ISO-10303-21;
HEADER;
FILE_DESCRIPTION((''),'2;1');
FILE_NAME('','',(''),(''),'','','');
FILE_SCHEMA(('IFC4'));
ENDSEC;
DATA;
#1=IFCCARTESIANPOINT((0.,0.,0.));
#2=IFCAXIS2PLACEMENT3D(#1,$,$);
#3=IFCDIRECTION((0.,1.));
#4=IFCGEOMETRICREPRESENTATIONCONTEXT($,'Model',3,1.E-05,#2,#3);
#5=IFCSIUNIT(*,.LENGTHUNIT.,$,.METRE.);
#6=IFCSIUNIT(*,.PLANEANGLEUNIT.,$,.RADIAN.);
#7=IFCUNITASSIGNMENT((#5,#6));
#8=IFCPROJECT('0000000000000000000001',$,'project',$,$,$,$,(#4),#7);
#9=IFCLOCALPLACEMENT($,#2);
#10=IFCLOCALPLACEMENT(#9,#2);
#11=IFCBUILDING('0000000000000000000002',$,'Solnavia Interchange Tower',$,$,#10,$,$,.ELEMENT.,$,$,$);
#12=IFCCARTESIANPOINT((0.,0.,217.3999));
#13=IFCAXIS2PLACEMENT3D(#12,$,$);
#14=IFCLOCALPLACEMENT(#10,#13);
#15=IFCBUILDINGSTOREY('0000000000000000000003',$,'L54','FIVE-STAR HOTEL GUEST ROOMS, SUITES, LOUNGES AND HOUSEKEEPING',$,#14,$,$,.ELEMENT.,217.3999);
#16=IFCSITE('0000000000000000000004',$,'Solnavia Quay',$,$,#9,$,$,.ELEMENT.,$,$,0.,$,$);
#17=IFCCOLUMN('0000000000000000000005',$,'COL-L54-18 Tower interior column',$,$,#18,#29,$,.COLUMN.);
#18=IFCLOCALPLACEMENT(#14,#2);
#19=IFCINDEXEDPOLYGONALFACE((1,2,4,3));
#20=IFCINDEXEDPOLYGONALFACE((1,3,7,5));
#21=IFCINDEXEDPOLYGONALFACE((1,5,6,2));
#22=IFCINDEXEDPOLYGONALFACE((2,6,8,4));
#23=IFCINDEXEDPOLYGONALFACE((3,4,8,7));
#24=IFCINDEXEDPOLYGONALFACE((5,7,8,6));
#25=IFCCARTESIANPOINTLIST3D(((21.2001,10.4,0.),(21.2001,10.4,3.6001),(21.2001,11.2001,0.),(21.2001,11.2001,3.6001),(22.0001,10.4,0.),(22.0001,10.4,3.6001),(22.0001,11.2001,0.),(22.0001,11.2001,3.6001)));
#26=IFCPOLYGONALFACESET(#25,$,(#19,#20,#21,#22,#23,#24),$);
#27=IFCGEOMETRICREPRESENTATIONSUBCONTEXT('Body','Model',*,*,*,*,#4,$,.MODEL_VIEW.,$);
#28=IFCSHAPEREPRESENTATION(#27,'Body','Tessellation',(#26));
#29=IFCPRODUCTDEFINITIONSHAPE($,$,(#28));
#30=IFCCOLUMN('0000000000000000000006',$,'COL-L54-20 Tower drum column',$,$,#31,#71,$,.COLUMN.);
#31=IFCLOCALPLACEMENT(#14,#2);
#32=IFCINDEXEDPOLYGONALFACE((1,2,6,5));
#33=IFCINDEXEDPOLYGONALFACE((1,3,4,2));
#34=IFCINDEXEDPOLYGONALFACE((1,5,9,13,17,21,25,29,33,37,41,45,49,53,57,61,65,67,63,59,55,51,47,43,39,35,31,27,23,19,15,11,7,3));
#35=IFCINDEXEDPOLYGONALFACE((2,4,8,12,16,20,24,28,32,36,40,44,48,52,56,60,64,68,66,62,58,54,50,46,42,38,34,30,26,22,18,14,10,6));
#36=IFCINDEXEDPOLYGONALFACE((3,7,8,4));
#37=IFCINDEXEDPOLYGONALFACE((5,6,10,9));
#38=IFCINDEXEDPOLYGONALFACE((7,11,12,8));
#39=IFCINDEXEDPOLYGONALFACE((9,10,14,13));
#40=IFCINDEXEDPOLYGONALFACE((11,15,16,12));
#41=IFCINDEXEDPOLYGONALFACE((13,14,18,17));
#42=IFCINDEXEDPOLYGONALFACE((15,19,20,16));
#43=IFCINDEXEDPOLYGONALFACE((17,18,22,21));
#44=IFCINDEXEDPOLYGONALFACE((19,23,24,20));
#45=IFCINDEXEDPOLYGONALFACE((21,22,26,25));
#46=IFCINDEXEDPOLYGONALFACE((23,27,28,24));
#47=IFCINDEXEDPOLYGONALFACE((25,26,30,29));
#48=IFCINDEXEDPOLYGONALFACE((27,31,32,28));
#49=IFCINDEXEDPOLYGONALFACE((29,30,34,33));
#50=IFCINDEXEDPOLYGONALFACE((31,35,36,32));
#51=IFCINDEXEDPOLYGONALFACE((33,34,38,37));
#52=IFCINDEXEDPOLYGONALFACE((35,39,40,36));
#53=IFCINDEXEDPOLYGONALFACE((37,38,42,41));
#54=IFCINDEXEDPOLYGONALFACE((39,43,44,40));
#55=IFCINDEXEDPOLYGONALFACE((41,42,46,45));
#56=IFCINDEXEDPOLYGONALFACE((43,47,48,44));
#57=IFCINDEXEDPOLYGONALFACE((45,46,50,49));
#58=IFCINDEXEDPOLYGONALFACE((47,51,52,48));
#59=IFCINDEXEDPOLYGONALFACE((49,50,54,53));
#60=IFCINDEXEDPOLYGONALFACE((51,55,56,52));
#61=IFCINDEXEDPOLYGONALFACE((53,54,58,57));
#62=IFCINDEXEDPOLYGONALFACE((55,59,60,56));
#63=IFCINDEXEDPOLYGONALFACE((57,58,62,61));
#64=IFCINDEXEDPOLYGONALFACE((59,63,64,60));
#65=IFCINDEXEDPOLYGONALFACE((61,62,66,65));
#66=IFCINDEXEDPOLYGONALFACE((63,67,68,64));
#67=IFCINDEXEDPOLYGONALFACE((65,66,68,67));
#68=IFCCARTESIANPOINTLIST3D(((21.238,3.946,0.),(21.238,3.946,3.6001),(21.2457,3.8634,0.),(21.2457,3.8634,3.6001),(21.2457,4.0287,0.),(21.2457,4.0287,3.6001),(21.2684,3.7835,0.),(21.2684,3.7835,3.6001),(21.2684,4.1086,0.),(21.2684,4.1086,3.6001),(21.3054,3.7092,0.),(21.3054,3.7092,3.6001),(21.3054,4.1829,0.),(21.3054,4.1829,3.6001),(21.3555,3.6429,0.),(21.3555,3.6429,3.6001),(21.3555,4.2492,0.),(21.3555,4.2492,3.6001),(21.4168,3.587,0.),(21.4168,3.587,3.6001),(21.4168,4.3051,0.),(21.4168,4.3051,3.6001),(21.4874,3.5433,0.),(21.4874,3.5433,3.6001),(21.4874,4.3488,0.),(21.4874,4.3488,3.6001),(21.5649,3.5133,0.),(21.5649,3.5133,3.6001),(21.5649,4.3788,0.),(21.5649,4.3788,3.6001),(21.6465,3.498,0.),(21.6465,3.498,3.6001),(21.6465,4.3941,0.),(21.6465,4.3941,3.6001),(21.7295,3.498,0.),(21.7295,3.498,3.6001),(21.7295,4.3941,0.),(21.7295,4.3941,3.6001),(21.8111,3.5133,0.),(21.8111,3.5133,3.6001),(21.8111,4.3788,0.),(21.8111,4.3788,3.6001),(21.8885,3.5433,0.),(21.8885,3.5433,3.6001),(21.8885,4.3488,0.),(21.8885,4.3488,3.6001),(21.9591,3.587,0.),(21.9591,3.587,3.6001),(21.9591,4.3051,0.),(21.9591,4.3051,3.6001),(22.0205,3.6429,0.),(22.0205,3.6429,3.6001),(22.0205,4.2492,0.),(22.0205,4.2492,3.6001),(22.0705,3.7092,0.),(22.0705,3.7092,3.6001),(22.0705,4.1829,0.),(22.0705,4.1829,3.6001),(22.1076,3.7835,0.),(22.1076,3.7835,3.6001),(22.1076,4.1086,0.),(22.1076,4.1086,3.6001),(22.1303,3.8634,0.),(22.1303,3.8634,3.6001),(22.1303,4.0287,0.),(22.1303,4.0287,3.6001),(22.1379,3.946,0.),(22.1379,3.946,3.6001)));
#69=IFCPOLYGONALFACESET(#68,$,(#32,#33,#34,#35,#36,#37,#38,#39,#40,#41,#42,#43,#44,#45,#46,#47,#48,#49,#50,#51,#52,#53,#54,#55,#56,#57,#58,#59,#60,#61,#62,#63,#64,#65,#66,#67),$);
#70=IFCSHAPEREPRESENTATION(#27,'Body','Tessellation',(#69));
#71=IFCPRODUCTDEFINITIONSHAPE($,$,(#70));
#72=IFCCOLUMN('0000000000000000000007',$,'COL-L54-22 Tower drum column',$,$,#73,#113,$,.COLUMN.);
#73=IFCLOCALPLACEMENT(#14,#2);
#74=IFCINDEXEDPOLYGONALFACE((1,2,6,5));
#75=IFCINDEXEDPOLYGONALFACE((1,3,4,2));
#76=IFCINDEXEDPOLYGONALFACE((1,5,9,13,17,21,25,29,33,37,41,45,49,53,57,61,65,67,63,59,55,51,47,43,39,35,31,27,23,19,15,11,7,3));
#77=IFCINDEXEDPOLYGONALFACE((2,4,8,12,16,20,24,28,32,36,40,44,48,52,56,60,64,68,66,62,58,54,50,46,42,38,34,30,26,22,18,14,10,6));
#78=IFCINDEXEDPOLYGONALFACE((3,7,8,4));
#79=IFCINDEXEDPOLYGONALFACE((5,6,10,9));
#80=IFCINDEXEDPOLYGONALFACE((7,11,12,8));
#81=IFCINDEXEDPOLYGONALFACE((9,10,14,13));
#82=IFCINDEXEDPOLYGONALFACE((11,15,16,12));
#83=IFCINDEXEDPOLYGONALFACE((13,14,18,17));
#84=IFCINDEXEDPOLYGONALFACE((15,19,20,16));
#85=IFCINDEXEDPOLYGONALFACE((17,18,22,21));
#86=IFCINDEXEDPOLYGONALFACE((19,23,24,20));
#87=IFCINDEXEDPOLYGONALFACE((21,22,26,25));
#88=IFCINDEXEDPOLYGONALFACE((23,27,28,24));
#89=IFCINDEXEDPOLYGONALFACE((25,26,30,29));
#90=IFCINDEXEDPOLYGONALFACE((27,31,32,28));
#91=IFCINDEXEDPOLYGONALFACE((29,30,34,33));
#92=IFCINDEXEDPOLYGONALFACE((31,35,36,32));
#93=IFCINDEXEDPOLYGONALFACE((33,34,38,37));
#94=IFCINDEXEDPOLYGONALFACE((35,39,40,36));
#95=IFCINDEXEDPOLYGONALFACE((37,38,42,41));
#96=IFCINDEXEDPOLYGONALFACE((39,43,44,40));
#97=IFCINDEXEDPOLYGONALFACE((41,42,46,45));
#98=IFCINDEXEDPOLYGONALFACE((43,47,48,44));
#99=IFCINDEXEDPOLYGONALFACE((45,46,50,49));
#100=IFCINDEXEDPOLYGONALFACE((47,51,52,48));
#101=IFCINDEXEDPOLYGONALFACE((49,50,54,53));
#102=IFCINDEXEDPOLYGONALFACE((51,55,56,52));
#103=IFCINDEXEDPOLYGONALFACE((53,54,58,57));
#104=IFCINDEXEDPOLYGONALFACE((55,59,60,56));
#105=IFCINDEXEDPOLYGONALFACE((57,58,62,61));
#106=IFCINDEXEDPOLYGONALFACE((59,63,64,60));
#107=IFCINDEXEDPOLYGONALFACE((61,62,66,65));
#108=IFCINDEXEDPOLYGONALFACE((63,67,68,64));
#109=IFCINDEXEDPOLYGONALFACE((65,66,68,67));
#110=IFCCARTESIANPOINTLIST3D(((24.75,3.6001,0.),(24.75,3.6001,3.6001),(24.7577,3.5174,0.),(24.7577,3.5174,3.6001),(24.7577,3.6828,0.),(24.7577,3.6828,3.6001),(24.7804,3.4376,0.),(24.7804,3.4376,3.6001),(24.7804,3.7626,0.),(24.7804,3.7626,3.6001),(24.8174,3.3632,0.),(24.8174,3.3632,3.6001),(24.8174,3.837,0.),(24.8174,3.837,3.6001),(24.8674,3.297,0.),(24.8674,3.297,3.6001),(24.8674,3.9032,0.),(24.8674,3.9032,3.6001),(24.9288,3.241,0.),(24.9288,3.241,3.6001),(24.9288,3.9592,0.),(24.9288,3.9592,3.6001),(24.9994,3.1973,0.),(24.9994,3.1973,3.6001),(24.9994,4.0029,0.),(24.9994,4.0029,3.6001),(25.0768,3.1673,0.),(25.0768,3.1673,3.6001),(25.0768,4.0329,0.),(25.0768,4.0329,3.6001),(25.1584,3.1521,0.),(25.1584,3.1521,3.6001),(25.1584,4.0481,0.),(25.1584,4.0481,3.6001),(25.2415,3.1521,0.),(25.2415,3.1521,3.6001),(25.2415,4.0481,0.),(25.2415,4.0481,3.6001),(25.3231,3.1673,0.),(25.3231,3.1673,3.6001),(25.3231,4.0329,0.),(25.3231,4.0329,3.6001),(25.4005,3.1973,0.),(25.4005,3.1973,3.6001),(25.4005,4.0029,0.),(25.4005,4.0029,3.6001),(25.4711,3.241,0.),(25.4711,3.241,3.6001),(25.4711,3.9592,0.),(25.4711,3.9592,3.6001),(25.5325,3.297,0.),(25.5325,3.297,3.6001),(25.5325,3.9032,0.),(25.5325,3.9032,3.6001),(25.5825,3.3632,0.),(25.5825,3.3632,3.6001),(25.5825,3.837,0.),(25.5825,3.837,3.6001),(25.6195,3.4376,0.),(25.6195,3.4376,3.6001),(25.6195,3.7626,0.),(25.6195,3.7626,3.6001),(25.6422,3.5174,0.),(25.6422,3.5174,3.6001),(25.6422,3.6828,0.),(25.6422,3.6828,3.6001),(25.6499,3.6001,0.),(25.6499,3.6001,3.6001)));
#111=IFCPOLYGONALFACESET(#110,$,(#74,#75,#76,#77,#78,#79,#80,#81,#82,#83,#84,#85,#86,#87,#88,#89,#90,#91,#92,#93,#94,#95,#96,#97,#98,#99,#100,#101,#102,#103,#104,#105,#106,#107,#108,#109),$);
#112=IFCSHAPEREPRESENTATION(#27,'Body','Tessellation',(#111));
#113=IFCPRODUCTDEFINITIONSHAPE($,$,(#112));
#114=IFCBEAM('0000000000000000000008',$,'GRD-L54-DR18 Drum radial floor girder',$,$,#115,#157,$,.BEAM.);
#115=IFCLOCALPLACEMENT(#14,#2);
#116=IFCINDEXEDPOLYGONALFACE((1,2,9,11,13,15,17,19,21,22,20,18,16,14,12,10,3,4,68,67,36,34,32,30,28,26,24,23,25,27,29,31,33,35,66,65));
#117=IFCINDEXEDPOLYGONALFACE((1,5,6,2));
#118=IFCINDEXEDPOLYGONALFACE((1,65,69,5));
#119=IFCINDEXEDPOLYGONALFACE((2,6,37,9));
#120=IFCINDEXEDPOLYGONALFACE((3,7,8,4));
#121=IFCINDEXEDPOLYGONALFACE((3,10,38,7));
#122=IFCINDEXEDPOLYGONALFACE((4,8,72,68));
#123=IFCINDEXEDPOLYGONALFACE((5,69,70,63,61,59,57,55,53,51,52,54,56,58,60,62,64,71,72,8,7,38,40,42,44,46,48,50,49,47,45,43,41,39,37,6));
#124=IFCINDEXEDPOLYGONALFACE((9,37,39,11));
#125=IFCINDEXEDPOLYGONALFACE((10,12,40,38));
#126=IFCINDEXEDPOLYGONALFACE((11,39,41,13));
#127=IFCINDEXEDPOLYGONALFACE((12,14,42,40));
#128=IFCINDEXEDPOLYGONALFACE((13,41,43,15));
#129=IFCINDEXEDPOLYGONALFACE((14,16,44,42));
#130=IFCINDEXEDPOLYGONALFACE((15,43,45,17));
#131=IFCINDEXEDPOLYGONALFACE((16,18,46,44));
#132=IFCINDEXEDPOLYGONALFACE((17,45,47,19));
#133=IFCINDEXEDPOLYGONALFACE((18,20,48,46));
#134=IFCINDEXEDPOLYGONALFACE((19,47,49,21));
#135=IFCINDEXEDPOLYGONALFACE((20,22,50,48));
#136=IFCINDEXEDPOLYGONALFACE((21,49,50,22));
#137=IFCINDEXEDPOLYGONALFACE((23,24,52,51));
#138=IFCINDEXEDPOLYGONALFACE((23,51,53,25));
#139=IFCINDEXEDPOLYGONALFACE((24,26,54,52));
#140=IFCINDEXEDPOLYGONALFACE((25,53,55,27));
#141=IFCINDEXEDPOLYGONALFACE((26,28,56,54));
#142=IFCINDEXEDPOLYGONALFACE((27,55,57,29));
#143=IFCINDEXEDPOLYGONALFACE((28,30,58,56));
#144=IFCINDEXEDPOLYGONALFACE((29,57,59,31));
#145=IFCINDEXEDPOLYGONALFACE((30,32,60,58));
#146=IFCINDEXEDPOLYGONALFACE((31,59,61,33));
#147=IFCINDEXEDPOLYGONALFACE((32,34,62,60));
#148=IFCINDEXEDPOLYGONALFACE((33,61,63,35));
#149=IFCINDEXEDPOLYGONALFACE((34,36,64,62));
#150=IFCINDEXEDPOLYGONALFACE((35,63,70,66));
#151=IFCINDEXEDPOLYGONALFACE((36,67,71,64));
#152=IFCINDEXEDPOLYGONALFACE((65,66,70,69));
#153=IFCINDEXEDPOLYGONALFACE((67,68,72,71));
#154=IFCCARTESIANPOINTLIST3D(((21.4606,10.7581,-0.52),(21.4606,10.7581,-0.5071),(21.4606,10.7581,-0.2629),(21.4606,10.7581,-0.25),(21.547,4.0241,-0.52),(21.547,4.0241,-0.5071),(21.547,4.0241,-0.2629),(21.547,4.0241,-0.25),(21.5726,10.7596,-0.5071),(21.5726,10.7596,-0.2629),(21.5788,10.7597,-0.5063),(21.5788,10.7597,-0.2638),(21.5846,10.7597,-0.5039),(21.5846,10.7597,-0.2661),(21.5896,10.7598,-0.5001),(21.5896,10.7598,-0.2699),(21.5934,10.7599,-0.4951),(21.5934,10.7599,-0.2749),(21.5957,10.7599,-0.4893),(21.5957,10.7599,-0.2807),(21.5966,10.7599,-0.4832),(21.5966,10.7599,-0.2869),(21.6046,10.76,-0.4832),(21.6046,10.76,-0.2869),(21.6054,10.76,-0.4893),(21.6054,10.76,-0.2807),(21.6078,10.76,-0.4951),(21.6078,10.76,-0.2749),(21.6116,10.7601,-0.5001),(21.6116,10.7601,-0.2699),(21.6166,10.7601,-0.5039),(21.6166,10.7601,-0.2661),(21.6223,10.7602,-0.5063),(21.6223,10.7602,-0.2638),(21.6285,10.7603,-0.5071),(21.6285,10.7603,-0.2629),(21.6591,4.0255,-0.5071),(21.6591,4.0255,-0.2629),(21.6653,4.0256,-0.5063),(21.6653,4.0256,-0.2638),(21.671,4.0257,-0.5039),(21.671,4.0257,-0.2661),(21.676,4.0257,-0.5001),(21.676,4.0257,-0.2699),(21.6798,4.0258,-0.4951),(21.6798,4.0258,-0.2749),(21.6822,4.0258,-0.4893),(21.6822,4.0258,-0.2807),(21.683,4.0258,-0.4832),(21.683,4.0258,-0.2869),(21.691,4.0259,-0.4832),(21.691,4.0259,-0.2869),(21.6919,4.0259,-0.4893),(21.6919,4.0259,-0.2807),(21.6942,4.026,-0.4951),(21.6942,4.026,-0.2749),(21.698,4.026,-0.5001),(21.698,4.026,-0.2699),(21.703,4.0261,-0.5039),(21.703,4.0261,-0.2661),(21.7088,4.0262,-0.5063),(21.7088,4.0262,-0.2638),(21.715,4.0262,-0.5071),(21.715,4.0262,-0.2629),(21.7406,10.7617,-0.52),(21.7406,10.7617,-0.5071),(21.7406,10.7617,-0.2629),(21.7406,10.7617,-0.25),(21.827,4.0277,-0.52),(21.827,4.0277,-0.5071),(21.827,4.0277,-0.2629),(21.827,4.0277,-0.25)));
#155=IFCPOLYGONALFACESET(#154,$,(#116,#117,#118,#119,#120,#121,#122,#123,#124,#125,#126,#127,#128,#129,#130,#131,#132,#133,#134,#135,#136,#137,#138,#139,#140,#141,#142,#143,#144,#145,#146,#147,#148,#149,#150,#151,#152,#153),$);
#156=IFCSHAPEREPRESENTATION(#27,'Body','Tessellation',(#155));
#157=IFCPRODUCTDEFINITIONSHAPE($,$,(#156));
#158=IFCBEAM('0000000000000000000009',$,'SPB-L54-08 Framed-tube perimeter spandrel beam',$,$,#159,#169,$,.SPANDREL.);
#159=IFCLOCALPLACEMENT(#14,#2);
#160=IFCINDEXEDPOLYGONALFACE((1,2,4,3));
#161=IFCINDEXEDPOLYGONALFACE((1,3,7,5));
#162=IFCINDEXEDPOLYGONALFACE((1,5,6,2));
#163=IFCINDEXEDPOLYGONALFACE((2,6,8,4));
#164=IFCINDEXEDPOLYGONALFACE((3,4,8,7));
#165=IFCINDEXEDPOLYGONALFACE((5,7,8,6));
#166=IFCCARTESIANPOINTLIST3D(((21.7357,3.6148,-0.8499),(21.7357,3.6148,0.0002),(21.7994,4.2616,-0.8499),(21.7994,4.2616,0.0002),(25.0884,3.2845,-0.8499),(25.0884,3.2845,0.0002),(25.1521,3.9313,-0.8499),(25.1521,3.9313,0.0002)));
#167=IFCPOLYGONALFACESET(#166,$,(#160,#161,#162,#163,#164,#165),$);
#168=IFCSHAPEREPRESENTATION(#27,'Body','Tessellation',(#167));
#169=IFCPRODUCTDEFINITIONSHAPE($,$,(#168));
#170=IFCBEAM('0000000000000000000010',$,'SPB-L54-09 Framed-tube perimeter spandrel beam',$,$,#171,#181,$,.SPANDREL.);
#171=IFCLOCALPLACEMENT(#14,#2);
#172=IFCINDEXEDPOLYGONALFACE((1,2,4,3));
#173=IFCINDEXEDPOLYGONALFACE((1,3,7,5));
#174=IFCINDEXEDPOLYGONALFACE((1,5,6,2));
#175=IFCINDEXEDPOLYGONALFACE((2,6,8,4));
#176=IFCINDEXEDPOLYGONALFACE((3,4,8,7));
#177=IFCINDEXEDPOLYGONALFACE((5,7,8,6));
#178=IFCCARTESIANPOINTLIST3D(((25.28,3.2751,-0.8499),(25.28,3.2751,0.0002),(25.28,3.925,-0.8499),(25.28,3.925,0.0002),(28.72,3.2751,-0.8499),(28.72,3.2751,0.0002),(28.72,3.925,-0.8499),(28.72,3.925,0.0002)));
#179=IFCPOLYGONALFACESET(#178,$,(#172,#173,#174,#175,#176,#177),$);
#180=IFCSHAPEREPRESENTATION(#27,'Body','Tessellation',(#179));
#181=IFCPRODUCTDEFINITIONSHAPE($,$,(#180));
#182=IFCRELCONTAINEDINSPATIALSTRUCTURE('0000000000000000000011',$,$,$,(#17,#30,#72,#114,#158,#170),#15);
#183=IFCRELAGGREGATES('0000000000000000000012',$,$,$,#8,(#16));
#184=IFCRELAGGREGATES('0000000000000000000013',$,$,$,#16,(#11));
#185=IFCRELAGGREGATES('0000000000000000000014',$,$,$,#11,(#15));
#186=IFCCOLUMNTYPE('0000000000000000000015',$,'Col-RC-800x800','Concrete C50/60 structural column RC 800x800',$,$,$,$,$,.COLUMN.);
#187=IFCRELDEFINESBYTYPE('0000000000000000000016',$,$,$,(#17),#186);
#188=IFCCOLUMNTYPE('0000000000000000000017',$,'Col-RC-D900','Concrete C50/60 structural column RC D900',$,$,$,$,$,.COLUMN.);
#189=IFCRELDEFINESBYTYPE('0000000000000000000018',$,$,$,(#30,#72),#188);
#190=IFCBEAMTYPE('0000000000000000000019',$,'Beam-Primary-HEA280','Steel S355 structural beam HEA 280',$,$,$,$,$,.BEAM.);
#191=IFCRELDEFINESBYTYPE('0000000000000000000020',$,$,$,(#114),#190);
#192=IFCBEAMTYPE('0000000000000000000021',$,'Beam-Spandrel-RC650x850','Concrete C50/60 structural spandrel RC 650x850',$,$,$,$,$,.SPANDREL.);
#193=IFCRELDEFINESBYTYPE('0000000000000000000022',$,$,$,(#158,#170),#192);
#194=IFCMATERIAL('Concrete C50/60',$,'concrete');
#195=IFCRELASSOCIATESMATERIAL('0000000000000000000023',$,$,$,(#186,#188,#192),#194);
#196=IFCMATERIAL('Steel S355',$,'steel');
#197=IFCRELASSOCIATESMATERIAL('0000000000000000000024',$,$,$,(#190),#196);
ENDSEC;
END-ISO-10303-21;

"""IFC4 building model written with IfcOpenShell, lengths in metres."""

from ifc_helpers import new_model, si_unit, direction, frame, origin, origin_2d, place, context, subcontext, project, spatial, rectangle, circle, i_section, extrude, material, material_profile, profile_set, type_object, element, save


model = new_model("IFC4")

# Units and contexts
model_context = context("Model", 3, precision=1e-05, world=origin(), true_north=direction((0.0, 1.0)))
body_context = subcontext(model_context, "Body", "Model", "MODEL_VIEW")
ifc_project = project(units=[si_unit("LENGTHUNIT", "METRE"), si_unit("PLANEANGLEUNIT", "RADIAN")], contexts=[model_context])

# Site, building, storey
site_placement = place(None, origin())
site = spatial("IfcSite", under=ifc_project, at=site_placement, Name="Solnavia Quay", CompositionType="ELEMENT", RefElevation=0.0)
building_placement = place(site_placement, origin())
building = spatial("IfcBuilding", under=site, at=building_placement, Name="Solnavia Interchange Tower", CompositionType="ELEMENT")
storey_placement = place(building_placement, frame((0.0, 0.0, 217.3999)))
storey = spatial("IfcBuildingStorey", under=building, at=storey_placement, Name="L54", Description="FIVE-STAR HOTEL GUEST ROOMS, SUITES, LOUNGES AND HOUSEKEEPING", CompositionType="ELEMENT", Elevation=217.3999)

# Columns
ifc_material_1 = material(Name="Concrete C50/60", Category="concrete")
ifc_material_profile_1 = material_profile(ifc_material_1, rectangle(XDim=0.8, YDim=0.8, at=origin_2d()), Name="RC 800x800")
ifc_profile_set_1 = profile_set([ifc_material_profile_1], Name="Concrete C50/60")
column_type_1 = type_object("IfcColumnType", Name="Col-RC-800x800", Description="Concrete C50/60 structural column RC 800x800", PredefinedType="COLUMN", material=ifc_profile_set_1)
column_placement = place(storey_placement, frame((21.6001, 10.8, 0.0), z_axis=(0.0, 0.0, 1.0), x_axis=(1.0, 0.0, 0.0)))
element("IfcColumn", 1, at=column_placement, inside=storey, type_object=column_type_1, Name="COL-L54-18 Tower interior column", PredefinedType="COLUMN", context=body_context, shape_type="SweptSolid", body=[
    extrude(rectangle(XDim=0.8, YDim=0.8, at=origin_2d()), origin(), (0.0, 0.0, 1.0), 3.6001),
])
ifc_material_profile_2 = material_profile(ifc_material_1, circle(Radius=0.45, at=origin_2d()), Name="RC D900")
ifc_profile_set_2 = profile_set([ifc_material_profile_2], Name="Concrete C50/60")
column_type_2 = type_object("IfcColumnType", Name="Col-RC-D900", Description="Concrete C50/60 structural column RC D900", PredefinedType="COLUMN", material=ifc_profile_set_2)
for number, where, z_axis, x_axis, name in (
    (2, (21.688, 3.946, 0.0), (0.0, 0.0, 1.0), (1.0, 0.0, 0.0), "COL-L54-20 Tower drum column"),
    (3, (25.2, 3.6001, 0.0), (0.0, 0.0, 1.0), (1.0, 0.0, 0.0), "COL-L54-22 Tower drum column"),
):
    element("IfcColumn", number, at=place(storey_placement, frame(where, z_axis=z_axis, x_axis=x_axis)), inside=storey, type_object=column_type_2, Name=name, PredefinedType="COLUMN", context=body_context, shape_type="SweptSolid", body=[
        extrude(circle(Radius=0.45, at=origin_2d()), origin(), (0.0, 0.0, 1.0), 3.6001),
    ])

# Beams
ifc_material_2 = material(Name="Steel S355", Category="steel")
ifc_material_profile_3 = material_profile(ifc_material_2, i_section(OverallWidth=0.28, OverallDepth=0.27, WebThickness=0.0081, FlangeThickness=0.0129, FilletRadius=0.0239, at=origin_2d()), Name="HEA 280")
ifc_profile_set_3 = profile_set([ifc_material_profile_3], Name="Steel S355")
beam_type_1 = type_object("IfcBeamType", Name="Beam-Primary-HEA280", Description="Steel S355 structural beam HEA 280", PredefinedType="BEAM", material=ifc_profile_set_3)
beam_1_placement = place(storey_placement, frame((21.687, 4.0259, -0.385), z_axis=(-0.012833, 0.999918, 0.0), x_axis=(-0.999918, -0.012833, 0.0)))
element("IfcBeam", 4, at=beam_1_placement, inside=storey, type_object=beam_type_1, Name="GRD-L54-DR18 Drum radial floor girder", PredefinedType="BEAM", context=body_context, shape_type="SweptSolid", body=[
    extrude(i_section(OverallWidth=0.28, OverallDepth=0.27, WebThickness=0.0081, FlangeThickness=0.0129, FilletRadius=0.0239, at=origin_2d()), origin(), (0.0, 0.0, 1.0), 6.7346),
])
ifc_material_profile_4 = material_profile(ifc_material_1, rectangle(XDim=0.6499, YDim=0.8501, at=origin_2d()), Name="RC 650x850")
ifc_profile_set_4 = profile_set([ifc_material_profile_4], Name="Concrete C50/60")
beam_type_2 = type_object("IfcBeamType", Name="Beam-Spandrel-RC650x850", Description="Concrete C50/60 structural spandrel RC 650x850", PredefinedType="SPANDREL", material=ifc_profile_set_4)
beam_2_placement = place(storey_placement, frame((21.7676, 3.9382, -0.4248), z_axis=(0.995182, -0.098047, 0.0), x_axis=(0.098047, 0.995182, 0.0)))
element("IfcBeam", 5, at=beam_2_placement, inside=storey, type_object=beam_type_2, Name="SPB-L54-08 Framed-tube perimeter spandrel beam", PredefinedType="SPANDREL", context=body_context, shape_type="SweptSolid", body=[
    extrude(rectangle(XDim=0.6499, YDim=0.8501, at=origin_2d()), origin(), (0.0, 0.0, 1.0), 3.3689),
])
beam_3_placement = place(storey_placement, frame((25.28, 3.6001, -0.4248), z_axis=(1.0, 0.0, 0.0), x_axis=(0.0, 1.0, 0.0)))
element("IfcBeam", 6, at=beam_3_placement, inside=storey, type_object=beam_type_2, Name="SPB-L54-09 Framed-tube perimeter spandrel beam", PredefinedType="SPANDREL", context=body_context, shape_type="SweptSolid", body=[
    extrude(rectangle(XDim=0.6499, YDim=0.8501, at=origin_2d()), origin(), (0.0, 0.0, 1.0), 3.4399),
])

save(model, "model.ifc")
